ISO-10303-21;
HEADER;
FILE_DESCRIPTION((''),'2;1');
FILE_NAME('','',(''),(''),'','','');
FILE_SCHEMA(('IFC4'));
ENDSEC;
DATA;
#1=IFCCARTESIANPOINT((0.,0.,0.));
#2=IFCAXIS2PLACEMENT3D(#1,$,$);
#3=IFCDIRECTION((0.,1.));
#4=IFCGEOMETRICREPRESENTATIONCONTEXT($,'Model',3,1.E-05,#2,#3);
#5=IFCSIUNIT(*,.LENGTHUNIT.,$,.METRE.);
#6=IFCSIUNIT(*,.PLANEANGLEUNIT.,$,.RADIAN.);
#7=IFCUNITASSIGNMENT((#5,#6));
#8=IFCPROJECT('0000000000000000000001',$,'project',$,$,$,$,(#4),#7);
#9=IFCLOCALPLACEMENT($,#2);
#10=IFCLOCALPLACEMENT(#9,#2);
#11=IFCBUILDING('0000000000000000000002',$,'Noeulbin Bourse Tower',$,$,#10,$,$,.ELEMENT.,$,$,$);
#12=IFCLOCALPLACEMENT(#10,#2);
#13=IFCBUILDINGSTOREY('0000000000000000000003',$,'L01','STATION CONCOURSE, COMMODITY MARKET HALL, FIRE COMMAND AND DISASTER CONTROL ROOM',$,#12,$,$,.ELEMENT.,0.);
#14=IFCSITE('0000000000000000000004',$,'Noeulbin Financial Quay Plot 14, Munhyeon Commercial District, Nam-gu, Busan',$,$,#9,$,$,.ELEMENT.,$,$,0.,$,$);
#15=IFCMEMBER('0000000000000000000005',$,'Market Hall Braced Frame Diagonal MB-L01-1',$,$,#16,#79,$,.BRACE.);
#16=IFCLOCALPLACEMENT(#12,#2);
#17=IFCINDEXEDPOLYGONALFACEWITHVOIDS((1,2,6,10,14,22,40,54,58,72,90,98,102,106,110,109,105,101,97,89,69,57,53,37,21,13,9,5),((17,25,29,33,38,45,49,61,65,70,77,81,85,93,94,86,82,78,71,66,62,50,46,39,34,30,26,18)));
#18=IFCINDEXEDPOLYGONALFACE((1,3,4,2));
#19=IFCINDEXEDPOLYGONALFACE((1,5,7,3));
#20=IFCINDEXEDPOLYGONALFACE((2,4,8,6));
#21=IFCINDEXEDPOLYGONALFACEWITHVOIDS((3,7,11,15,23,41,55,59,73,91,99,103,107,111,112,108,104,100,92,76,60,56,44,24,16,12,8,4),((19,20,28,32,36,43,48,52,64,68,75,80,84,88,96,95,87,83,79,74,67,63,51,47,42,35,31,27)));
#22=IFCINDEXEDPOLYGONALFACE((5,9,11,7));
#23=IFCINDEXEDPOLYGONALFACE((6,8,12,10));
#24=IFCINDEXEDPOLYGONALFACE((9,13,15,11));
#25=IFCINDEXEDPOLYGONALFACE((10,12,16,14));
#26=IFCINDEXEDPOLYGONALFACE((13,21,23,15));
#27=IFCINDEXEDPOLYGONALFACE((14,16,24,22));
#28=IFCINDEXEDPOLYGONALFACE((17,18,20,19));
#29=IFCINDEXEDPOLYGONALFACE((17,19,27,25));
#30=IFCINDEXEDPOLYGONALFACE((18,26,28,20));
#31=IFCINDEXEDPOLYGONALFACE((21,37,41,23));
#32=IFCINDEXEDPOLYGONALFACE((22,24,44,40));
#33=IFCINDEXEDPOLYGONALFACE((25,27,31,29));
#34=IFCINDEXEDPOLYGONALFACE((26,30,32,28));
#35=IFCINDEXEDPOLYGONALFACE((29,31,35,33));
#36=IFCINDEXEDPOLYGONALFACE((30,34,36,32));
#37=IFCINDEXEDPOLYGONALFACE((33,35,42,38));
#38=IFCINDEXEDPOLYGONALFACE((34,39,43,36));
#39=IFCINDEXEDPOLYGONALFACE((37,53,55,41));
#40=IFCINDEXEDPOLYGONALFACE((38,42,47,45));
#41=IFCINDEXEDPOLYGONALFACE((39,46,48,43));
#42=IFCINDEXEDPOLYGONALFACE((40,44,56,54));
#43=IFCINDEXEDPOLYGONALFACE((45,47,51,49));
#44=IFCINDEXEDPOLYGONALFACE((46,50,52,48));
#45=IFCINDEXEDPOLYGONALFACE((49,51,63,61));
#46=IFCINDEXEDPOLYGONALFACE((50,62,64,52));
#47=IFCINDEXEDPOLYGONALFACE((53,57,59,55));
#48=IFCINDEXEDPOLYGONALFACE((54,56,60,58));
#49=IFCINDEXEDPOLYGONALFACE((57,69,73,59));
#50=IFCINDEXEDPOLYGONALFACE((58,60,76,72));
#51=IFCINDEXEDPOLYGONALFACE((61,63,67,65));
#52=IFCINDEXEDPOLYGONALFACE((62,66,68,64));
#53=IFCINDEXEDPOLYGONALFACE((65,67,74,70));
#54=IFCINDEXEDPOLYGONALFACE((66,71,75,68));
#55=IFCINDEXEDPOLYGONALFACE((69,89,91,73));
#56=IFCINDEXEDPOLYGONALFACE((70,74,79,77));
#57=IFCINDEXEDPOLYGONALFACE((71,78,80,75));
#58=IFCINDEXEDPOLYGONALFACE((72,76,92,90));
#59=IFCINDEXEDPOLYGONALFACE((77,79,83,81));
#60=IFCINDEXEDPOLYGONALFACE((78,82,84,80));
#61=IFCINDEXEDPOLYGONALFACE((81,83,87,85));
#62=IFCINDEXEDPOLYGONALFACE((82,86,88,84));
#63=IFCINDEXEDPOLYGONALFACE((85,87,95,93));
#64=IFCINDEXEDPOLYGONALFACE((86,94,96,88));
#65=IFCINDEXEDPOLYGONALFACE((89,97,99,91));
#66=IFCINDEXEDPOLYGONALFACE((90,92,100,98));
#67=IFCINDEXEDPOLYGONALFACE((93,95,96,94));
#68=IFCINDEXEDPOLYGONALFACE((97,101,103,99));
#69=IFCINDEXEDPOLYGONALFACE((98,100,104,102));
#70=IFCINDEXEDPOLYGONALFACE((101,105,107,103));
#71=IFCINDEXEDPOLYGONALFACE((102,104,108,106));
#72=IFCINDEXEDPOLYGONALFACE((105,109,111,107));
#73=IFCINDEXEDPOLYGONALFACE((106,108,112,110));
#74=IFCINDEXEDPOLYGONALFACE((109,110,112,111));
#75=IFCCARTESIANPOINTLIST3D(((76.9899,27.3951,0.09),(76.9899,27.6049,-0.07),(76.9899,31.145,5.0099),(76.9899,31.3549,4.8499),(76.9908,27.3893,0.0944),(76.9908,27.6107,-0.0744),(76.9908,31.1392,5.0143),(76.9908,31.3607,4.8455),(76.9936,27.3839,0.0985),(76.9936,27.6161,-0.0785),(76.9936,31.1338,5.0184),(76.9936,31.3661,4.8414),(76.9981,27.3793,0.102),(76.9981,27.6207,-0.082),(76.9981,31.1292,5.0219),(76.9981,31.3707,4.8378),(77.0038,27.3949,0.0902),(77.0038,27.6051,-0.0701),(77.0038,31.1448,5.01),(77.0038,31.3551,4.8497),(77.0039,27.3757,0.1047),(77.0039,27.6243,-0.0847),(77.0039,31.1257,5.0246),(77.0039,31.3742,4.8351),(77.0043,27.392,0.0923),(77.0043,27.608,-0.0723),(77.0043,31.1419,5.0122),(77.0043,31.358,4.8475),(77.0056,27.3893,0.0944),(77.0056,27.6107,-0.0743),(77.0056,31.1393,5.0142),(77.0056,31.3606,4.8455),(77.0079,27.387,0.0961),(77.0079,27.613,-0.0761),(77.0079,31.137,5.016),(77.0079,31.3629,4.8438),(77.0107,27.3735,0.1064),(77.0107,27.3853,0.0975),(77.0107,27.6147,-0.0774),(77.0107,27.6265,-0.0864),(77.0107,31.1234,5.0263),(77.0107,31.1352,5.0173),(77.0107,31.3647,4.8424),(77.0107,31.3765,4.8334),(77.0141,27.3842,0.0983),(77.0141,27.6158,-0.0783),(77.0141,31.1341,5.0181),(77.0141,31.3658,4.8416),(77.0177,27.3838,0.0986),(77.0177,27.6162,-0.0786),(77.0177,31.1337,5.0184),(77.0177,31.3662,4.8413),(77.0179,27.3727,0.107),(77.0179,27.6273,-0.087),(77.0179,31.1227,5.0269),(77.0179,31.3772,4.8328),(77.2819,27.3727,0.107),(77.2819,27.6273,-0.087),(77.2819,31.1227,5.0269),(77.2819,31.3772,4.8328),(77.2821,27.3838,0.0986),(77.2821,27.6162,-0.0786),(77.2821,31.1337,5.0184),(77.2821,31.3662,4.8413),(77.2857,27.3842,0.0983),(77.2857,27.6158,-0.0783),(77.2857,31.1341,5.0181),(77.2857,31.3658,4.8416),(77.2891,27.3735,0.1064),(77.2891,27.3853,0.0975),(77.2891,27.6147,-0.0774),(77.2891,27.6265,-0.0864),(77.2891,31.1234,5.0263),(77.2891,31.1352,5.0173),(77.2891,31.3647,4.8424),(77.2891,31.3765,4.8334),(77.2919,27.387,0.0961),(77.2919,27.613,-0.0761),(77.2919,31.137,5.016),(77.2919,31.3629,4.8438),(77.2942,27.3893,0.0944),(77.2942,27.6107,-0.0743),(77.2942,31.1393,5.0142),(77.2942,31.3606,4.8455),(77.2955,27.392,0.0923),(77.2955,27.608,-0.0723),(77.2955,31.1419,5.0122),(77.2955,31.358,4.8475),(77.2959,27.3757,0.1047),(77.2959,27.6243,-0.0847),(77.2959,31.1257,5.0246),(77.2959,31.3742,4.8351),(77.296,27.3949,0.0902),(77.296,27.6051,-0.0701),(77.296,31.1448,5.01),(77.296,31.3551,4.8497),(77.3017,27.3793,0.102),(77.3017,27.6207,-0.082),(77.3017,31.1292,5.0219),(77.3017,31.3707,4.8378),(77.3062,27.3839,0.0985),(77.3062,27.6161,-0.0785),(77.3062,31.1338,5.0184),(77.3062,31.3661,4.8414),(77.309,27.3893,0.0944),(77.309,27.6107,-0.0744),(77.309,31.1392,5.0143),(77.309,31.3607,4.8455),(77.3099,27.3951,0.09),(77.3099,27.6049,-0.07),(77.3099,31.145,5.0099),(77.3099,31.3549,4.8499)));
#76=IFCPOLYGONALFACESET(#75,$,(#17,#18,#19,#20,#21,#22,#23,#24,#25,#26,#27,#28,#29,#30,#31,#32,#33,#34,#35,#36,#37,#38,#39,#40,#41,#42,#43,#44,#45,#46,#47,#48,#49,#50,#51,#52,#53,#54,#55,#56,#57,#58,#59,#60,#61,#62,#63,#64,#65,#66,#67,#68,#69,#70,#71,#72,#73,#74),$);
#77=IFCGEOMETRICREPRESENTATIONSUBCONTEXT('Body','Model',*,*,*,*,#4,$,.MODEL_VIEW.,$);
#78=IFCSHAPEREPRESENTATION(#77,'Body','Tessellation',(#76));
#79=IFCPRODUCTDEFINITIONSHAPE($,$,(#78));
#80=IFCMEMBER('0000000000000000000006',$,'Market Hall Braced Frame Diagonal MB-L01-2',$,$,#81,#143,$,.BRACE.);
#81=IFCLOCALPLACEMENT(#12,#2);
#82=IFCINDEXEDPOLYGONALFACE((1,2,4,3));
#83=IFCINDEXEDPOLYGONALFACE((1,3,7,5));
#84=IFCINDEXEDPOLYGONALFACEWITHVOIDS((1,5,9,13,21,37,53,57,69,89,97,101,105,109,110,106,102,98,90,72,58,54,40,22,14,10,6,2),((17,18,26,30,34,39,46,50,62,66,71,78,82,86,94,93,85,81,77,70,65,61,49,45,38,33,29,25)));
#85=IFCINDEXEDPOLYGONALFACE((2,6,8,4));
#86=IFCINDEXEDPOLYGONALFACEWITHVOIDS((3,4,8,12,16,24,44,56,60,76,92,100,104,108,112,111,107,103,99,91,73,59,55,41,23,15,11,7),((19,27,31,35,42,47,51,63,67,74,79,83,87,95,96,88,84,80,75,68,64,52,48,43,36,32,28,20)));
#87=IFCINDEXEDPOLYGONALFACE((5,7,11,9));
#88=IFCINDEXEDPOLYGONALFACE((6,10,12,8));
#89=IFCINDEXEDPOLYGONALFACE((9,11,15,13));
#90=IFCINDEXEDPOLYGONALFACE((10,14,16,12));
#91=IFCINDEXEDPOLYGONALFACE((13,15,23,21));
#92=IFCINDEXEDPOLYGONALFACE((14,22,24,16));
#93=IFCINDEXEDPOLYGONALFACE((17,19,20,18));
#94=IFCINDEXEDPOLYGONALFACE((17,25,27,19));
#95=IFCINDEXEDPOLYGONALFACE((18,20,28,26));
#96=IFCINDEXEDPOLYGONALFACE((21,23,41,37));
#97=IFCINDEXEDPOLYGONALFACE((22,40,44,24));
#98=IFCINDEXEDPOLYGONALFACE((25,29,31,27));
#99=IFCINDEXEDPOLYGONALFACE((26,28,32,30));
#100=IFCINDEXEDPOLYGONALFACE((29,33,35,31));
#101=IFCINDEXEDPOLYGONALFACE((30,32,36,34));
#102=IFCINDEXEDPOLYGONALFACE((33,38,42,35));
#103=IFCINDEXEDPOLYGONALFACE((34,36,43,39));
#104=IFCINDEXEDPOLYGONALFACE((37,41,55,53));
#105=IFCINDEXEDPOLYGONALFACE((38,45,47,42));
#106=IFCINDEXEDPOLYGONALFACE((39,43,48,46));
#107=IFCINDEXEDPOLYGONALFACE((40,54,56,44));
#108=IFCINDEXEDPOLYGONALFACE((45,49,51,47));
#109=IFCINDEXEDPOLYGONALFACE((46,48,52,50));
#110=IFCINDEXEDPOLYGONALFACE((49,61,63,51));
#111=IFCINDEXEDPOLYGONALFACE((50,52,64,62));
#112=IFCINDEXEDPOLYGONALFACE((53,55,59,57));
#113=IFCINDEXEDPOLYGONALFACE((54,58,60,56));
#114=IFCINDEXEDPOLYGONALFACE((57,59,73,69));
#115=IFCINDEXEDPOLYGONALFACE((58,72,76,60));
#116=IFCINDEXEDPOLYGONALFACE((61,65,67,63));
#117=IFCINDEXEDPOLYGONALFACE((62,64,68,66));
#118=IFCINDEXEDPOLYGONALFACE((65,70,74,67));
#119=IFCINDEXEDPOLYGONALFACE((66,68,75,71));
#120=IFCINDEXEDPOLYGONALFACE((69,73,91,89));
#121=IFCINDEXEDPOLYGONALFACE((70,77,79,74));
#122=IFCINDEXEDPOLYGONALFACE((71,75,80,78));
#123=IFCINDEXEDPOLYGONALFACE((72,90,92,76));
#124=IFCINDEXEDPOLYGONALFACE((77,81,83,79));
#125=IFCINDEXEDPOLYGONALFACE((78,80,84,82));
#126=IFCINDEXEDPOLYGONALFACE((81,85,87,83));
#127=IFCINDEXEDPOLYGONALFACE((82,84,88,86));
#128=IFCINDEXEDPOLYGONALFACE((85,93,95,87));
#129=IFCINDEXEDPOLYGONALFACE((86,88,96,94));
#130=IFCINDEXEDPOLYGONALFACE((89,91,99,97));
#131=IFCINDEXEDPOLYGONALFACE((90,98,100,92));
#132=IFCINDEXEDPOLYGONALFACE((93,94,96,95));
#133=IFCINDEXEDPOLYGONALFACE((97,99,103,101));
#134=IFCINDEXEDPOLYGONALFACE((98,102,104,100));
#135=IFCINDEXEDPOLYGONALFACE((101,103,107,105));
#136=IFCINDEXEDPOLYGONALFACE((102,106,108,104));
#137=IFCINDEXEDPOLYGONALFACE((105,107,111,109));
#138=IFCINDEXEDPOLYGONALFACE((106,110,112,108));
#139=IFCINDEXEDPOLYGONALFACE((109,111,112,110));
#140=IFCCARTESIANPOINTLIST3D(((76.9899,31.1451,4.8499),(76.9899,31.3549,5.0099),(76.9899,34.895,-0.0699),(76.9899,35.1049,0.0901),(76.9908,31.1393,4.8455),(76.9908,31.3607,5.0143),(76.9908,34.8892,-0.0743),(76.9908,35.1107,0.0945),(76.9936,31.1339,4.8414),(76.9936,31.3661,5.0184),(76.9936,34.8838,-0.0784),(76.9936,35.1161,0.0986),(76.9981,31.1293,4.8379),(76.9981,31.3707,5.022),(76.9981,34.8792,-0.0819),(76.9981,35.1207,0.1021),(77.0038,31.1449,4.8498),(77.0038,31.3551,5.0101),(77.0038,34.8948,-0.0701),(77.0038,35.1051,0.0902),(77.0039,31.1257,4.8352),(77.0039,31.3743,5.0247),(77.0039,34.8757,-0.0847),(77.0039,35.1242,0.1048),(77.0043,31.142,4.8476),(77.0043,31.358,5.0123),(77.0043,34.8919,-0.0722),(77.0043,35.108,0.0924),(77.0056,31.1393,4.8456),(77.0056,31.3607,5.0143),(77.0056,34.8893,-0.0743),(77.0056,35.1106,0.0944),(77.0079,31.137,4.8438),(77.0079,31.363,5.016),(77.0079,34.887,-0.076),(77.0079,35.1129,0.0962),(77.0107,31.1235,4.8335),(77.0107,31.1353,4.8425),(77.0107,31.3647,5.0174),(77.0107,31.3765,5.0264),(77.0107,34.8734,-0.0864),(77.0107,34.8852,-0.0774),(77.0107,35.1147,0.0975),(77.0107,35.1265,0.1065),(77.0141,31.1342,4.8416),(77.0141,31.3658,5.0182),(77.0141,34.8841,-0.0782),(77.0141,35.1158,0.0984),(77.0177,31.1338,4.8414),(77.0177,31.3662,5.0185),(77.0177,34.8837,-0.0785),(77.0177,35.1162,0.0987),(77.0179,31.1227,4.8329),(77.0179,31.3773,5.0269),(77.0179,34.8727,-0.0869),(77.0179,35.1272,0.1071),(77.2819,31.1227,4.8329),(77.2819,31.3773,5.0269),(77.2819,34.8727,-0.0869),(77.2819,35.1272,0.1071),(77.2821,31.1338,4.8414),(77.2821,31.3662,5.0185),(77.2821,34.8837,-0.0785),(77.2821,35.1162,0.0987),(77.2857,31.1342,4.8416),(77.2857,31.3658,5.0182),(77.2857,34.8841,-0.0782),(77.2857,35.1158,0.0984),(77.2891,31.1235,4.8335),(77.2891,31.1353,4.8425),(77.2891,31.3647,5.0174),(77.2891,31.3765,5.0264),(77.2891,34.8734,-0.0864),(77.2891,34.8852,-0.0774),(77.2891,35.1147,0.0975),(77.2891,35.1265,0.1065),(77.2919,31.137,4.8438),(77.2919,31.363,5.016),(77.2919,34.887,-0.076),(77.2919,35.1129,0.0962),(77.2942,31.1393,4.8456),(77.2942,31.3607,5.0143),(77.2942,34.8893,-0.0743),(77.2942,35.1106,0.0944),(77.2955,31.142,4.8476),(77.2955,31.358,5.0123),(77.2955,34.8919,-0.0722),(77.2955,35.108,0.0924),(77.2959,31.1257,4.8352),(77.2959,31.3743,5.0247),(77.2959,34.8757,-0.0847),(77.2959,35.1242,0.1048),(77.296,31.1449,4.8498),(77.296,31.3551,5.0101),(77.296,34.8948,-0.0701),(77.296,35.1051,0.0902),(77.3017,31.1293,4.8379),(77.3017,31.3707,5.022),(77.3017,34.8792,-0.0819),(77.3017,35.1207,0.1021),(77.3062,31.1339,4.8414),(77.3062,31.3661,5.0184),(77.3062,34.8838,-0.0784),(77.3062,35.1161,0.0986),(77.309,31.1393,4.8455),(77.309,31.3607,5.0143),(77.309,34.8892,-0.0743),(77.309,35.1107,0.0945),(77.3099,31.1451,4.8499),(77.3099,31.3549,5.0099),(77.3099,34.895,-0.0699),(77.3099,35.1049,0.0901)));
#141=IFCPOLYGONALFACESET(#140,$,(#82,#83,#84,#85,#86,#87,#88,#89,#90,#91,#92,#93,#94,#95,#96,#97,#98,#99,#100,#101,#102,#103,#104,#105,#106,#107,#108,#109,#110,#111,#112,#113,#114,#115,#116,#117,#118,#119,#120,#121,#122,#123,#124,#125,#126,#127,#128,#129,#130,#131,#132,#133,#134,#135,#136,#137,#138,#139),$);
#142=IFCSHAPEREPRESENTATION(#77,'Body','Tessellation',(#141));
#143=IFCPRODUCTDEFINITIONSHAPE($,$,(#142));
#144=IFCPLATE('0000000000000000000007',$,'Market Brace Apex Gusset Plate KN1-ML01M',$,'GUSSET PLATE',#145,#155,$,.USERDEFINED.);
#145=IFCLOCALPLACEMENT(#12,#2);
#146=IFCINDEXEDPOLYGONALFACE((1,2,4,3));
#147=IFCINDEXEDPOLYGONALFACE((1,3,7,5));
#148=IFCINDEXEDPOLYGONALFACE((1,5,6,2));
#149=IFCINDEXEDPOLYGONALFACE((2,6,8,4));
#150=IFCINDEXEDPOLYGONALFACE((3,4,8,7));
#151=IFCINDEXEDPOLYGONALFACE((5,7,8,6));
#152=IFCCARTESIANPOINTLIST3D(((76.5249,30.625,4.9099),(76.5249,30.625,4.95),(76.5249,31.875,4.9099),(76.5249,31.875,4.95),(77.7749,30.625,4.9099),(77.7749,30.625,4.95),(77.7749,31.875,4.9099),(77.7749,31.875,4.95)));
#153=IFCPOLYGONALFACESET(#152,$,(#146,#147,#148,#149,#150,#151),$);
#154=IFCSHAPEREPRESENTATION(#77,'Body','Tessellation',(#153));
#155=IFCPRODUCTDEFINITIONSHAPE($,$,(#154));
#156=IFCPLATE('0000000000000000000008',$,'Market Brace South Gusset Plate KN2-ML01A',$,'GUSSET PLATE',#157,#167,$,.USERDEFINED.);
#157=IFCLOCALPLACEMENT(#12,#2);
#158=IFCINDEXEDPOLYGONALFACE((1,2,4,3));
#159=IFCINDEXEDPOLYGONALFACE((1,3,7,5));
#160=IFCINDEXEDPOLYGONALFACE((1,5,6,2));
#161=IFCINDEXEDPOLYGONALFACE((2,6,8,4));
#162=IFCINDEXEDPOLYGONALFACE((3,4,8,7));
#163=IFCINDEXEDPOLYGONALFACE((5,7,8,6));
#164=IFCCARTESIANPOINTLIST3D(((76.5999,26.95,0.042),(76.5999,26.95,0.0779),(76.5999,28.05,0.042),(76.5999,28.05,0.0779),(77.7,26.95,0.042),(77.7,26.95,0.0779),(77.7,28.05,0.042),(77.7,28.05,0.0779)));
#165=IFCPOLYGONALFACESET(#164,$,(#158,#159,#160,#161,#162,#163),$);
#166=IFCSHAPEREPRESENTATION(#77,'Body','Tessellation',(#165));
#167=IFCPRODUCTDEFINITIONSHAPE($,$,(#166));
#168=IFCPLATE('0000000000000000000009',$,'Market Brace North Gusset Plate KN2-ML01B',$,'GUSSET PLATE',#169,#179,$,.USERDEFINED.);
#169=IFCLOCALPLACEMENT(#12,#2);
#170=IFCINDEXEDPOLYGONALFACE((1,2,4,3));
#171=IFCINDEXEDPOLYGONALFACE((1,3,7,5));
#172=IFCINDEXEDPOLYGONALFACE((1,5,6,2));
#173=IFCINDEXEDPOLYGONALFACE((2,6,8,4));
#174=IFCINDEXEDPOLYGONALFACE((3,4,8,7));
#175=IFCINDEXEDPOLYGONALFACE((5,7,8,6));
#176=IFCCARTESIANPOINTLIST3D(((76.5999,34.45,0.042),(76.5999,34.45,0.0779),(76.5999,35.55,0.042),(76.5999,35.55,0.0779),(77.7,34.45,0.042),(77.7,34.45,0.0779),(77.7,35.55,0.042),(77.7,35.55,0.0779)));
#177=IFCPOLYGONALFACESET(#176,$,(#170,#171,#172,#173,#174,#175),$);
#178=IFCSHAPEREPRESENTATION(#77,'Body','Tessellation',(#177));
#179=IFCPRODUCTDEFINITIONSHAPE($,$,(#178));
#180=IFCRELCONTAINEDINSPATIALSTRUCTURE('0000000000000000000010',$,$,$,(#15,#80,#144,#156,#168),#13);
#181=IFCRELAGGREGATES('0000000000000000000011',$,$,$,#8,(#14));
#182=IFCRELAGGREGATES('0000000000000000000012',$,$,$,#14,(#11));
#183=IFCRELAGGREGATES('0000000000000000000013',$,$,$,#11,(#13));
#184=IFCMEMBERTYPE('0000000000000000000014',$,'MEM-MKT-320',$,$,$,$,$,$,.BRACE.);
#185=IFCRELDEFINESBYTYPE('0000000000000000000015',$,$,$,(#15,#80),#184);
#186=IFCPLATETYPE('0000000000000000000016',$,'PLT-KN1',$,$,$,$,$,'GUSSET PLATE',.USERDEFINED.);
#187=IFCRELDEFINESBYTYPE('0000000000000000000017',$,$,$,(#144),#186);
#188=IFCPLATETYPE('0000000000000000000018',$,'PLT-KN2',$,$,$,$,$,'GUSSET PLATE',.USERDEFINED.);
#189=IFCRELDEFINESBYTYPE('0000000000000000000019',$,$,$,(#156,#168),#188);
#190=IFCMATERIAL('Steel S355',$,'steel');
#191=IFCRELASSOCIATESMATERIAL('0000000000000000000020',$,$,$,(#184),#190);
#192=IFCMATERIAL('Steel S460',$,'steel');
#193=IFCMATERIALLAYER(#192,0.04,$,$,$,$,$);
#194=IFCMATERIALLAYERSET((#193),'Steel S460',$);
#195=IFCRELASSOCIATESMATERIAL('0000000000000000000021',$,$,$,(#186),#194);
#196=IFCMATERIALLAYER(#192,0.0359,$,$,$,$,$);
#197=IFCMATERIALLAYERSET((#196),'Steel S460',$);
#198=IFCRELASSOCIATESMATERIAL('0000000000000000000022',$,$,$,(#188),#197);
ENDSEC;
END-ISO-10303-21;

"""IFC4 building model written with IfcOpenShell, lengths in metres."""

from ifc_helpers import new_model, si_unit, direction, frame, origin, origin_2d, place, context, subcontext, project, spatial, rectangle, hollow_rectangle, extrude, material, layer, layer_set, material_profile, profile_set, type_object, element, save


model = new_model("IFC4")

# Units and contexts
model_context = context("Model", 3, precision=1e-05, world=origin(), true_north=direction((0.0, 1.0)))
body_context = subcontext(model_context, "Body", "Model", "MODEL_VIEW")
ifc_project = project(units=[si_unit("LENGTHUNIT", "METRE"), si_unit("PLANEANGLEUNIT", "RADIAN")], contexts=[model_context])

# Site, building, storey
site_placement = place(None, origin())
site = spatial("IfcSite", under=ifc_project, at=site_placement, Name="Noeulbin Financial Quay Plot 14, Munhyeon Commercial District, Nam-gu, Busan", CompositionType="ELEMENT", RefElevation=0.0)
building_placement = place(site_placement, origin())
building = spatial("IfcBuilding", under=site, at=building_placement, Name="Noeulbin Bourse Tower", CompositionType="ELEMENT")
storey_placement = place(building_placement, origin())
storey = spatial("IfcBuildingStorey", under=building, at=storey_placement, Name="L01", Description="STATION CONCOURSE, COMMODITY MARKET HALL, FIRE COMMAND AND DISASTER CONTROL ROOM", CompositionType="ELEMENT", Elevation=0.0)

# Shared definitions
ifc_material_1 = material(Name="Steel S355", Category="steel")

# Members
ifc_material_profile_1 = material_profile(ifc_material_1, hollow_rectangle(XDim=0.3201, YDim=0.3201, WallThickness=0.0139, InnerFilletRadius=0.0139, OuterFilletRadius=0.0281, at=origin_2d()), Name="SHS-320x320x14", Category="LoadBearing")
ifc_profile_set_1 = profile_set([ifc_material_profile_1], Name="Steel S355")
member_type = type_object("IfcMemberType", Name="MEM-MKT-320", PredefinedType="BRACE", material=ifc_profile_set_1)
for number, where, z_axis, x_axis, name in (
    (1, (77.1499, 27.5, 0.01), (0.0, 0.606195, 0.795316), (-1.0, 0.0, 0.0), "Market Hall Braced Frame Diagonal MB-L01-1"),
    (2, (77.1499, 31.25, 4.9299), (0.0, 0.606195, -0.795316), (-1.0, 0.0, 0.0), "Market Hall Braced Frame Diagonal MB-L01-2"),
):
    element("IfcMember", number, at=place(storey_placement, frame(where, z_axis=z_axis, x_axis=x_axis)), inside=storey, type_object=member_type, Name=name, PredefinedType="BRACE", context=body_context, shape_type="SweptSolid", body=[
        extrude(hollow_rectangle(XDim=0.3201, YDim=0.3201, WallThickness=0.0139, InnerFilletRadius=0.0139, OuterFilletRadius=0.0281, at=origin_2d()), origin(), (0.0, 0.0, 1.0), 6.186),
    ])

# Plates
ifc_material_2 = material(Name="Steel S460", Category="steel")
ifc_layer_1 = layer(ifc_material_2, 0.04)
ifc_layer_set_1 = layer_set([ifc_layer_1], Name="Steel S460")
plate_type_1 = type_object("IfcPlateType", Name="PLT-KN1", ElementType="GUSSET PLATE", PredefinedType="USERDEFINED", material=ifc_layer_set_1)
plate_placement = place(storey_placement, frame((77.1499, 31.25, 4.9099), z_axis=(0.0, 0.0, 1.0), x_axis=(1.0, 0.0, 0.0)))
element("IfcPlate", 3, at=plate_placement, inside=storey, type_object=plate_type_1, Name="Market Brace Apex Gusset Plate KN1-ML01M", ObjectType="GUSSET PLATE", PredefinedType="USERDEFINED", context=body_context, shape_type="SweptSolid", body=[
    extrude(rectangle(XDim=1.25, YDim=1.25, at=origin_2d()), origin(), (0.0, 0.0, 1.0), 0.04),
])
ifc_layer_2 = layer(ifc_material_2, 0.0359)
ifc_layer_set_2 = layer_set([ifc_layer_2], Name="Steel S460")
plate_type_2 = type_object("IfcPlateType", Name="PLT-KN2", ElementType="GUSSET PLATE", PredefinedType="USERDEFINED", material=ifc_layer_set_2)
for number, where, z_axis, x_axis, name in (
    (4, (77.1499, 27.5, 0.042), (0.0, 0.0, 1.0), (1.0, 0.0, 0.0), "Market Brace South Gusset Plate KN2-ML01A"),
    (5, (77.1499, 35.0, 0.042), (0.0, 0.0, 1.0), (1.0, 0.0, 0.0), "Market Brace North Gusset Plate KN2-ML01B"),
):
    element("IfcPlate", number, at=place(storey_placement, frame(where, z_axis=z_axis, x_axis=x_axis)), inside=storey, type_object=plate_type_2, Name=name, ObjectType="GUSSET PLATE", PredefinedType="USERDEFINED", context=body_context, shape_type="SweptSolid", body=[
        extrude(rectangle(XDim=1.1001, YDim=1.1001, at=origin_2d()), origin(), (0.0, 0.0, 1.0), 0.0359),
    ])

save(model, "model.ifc")
